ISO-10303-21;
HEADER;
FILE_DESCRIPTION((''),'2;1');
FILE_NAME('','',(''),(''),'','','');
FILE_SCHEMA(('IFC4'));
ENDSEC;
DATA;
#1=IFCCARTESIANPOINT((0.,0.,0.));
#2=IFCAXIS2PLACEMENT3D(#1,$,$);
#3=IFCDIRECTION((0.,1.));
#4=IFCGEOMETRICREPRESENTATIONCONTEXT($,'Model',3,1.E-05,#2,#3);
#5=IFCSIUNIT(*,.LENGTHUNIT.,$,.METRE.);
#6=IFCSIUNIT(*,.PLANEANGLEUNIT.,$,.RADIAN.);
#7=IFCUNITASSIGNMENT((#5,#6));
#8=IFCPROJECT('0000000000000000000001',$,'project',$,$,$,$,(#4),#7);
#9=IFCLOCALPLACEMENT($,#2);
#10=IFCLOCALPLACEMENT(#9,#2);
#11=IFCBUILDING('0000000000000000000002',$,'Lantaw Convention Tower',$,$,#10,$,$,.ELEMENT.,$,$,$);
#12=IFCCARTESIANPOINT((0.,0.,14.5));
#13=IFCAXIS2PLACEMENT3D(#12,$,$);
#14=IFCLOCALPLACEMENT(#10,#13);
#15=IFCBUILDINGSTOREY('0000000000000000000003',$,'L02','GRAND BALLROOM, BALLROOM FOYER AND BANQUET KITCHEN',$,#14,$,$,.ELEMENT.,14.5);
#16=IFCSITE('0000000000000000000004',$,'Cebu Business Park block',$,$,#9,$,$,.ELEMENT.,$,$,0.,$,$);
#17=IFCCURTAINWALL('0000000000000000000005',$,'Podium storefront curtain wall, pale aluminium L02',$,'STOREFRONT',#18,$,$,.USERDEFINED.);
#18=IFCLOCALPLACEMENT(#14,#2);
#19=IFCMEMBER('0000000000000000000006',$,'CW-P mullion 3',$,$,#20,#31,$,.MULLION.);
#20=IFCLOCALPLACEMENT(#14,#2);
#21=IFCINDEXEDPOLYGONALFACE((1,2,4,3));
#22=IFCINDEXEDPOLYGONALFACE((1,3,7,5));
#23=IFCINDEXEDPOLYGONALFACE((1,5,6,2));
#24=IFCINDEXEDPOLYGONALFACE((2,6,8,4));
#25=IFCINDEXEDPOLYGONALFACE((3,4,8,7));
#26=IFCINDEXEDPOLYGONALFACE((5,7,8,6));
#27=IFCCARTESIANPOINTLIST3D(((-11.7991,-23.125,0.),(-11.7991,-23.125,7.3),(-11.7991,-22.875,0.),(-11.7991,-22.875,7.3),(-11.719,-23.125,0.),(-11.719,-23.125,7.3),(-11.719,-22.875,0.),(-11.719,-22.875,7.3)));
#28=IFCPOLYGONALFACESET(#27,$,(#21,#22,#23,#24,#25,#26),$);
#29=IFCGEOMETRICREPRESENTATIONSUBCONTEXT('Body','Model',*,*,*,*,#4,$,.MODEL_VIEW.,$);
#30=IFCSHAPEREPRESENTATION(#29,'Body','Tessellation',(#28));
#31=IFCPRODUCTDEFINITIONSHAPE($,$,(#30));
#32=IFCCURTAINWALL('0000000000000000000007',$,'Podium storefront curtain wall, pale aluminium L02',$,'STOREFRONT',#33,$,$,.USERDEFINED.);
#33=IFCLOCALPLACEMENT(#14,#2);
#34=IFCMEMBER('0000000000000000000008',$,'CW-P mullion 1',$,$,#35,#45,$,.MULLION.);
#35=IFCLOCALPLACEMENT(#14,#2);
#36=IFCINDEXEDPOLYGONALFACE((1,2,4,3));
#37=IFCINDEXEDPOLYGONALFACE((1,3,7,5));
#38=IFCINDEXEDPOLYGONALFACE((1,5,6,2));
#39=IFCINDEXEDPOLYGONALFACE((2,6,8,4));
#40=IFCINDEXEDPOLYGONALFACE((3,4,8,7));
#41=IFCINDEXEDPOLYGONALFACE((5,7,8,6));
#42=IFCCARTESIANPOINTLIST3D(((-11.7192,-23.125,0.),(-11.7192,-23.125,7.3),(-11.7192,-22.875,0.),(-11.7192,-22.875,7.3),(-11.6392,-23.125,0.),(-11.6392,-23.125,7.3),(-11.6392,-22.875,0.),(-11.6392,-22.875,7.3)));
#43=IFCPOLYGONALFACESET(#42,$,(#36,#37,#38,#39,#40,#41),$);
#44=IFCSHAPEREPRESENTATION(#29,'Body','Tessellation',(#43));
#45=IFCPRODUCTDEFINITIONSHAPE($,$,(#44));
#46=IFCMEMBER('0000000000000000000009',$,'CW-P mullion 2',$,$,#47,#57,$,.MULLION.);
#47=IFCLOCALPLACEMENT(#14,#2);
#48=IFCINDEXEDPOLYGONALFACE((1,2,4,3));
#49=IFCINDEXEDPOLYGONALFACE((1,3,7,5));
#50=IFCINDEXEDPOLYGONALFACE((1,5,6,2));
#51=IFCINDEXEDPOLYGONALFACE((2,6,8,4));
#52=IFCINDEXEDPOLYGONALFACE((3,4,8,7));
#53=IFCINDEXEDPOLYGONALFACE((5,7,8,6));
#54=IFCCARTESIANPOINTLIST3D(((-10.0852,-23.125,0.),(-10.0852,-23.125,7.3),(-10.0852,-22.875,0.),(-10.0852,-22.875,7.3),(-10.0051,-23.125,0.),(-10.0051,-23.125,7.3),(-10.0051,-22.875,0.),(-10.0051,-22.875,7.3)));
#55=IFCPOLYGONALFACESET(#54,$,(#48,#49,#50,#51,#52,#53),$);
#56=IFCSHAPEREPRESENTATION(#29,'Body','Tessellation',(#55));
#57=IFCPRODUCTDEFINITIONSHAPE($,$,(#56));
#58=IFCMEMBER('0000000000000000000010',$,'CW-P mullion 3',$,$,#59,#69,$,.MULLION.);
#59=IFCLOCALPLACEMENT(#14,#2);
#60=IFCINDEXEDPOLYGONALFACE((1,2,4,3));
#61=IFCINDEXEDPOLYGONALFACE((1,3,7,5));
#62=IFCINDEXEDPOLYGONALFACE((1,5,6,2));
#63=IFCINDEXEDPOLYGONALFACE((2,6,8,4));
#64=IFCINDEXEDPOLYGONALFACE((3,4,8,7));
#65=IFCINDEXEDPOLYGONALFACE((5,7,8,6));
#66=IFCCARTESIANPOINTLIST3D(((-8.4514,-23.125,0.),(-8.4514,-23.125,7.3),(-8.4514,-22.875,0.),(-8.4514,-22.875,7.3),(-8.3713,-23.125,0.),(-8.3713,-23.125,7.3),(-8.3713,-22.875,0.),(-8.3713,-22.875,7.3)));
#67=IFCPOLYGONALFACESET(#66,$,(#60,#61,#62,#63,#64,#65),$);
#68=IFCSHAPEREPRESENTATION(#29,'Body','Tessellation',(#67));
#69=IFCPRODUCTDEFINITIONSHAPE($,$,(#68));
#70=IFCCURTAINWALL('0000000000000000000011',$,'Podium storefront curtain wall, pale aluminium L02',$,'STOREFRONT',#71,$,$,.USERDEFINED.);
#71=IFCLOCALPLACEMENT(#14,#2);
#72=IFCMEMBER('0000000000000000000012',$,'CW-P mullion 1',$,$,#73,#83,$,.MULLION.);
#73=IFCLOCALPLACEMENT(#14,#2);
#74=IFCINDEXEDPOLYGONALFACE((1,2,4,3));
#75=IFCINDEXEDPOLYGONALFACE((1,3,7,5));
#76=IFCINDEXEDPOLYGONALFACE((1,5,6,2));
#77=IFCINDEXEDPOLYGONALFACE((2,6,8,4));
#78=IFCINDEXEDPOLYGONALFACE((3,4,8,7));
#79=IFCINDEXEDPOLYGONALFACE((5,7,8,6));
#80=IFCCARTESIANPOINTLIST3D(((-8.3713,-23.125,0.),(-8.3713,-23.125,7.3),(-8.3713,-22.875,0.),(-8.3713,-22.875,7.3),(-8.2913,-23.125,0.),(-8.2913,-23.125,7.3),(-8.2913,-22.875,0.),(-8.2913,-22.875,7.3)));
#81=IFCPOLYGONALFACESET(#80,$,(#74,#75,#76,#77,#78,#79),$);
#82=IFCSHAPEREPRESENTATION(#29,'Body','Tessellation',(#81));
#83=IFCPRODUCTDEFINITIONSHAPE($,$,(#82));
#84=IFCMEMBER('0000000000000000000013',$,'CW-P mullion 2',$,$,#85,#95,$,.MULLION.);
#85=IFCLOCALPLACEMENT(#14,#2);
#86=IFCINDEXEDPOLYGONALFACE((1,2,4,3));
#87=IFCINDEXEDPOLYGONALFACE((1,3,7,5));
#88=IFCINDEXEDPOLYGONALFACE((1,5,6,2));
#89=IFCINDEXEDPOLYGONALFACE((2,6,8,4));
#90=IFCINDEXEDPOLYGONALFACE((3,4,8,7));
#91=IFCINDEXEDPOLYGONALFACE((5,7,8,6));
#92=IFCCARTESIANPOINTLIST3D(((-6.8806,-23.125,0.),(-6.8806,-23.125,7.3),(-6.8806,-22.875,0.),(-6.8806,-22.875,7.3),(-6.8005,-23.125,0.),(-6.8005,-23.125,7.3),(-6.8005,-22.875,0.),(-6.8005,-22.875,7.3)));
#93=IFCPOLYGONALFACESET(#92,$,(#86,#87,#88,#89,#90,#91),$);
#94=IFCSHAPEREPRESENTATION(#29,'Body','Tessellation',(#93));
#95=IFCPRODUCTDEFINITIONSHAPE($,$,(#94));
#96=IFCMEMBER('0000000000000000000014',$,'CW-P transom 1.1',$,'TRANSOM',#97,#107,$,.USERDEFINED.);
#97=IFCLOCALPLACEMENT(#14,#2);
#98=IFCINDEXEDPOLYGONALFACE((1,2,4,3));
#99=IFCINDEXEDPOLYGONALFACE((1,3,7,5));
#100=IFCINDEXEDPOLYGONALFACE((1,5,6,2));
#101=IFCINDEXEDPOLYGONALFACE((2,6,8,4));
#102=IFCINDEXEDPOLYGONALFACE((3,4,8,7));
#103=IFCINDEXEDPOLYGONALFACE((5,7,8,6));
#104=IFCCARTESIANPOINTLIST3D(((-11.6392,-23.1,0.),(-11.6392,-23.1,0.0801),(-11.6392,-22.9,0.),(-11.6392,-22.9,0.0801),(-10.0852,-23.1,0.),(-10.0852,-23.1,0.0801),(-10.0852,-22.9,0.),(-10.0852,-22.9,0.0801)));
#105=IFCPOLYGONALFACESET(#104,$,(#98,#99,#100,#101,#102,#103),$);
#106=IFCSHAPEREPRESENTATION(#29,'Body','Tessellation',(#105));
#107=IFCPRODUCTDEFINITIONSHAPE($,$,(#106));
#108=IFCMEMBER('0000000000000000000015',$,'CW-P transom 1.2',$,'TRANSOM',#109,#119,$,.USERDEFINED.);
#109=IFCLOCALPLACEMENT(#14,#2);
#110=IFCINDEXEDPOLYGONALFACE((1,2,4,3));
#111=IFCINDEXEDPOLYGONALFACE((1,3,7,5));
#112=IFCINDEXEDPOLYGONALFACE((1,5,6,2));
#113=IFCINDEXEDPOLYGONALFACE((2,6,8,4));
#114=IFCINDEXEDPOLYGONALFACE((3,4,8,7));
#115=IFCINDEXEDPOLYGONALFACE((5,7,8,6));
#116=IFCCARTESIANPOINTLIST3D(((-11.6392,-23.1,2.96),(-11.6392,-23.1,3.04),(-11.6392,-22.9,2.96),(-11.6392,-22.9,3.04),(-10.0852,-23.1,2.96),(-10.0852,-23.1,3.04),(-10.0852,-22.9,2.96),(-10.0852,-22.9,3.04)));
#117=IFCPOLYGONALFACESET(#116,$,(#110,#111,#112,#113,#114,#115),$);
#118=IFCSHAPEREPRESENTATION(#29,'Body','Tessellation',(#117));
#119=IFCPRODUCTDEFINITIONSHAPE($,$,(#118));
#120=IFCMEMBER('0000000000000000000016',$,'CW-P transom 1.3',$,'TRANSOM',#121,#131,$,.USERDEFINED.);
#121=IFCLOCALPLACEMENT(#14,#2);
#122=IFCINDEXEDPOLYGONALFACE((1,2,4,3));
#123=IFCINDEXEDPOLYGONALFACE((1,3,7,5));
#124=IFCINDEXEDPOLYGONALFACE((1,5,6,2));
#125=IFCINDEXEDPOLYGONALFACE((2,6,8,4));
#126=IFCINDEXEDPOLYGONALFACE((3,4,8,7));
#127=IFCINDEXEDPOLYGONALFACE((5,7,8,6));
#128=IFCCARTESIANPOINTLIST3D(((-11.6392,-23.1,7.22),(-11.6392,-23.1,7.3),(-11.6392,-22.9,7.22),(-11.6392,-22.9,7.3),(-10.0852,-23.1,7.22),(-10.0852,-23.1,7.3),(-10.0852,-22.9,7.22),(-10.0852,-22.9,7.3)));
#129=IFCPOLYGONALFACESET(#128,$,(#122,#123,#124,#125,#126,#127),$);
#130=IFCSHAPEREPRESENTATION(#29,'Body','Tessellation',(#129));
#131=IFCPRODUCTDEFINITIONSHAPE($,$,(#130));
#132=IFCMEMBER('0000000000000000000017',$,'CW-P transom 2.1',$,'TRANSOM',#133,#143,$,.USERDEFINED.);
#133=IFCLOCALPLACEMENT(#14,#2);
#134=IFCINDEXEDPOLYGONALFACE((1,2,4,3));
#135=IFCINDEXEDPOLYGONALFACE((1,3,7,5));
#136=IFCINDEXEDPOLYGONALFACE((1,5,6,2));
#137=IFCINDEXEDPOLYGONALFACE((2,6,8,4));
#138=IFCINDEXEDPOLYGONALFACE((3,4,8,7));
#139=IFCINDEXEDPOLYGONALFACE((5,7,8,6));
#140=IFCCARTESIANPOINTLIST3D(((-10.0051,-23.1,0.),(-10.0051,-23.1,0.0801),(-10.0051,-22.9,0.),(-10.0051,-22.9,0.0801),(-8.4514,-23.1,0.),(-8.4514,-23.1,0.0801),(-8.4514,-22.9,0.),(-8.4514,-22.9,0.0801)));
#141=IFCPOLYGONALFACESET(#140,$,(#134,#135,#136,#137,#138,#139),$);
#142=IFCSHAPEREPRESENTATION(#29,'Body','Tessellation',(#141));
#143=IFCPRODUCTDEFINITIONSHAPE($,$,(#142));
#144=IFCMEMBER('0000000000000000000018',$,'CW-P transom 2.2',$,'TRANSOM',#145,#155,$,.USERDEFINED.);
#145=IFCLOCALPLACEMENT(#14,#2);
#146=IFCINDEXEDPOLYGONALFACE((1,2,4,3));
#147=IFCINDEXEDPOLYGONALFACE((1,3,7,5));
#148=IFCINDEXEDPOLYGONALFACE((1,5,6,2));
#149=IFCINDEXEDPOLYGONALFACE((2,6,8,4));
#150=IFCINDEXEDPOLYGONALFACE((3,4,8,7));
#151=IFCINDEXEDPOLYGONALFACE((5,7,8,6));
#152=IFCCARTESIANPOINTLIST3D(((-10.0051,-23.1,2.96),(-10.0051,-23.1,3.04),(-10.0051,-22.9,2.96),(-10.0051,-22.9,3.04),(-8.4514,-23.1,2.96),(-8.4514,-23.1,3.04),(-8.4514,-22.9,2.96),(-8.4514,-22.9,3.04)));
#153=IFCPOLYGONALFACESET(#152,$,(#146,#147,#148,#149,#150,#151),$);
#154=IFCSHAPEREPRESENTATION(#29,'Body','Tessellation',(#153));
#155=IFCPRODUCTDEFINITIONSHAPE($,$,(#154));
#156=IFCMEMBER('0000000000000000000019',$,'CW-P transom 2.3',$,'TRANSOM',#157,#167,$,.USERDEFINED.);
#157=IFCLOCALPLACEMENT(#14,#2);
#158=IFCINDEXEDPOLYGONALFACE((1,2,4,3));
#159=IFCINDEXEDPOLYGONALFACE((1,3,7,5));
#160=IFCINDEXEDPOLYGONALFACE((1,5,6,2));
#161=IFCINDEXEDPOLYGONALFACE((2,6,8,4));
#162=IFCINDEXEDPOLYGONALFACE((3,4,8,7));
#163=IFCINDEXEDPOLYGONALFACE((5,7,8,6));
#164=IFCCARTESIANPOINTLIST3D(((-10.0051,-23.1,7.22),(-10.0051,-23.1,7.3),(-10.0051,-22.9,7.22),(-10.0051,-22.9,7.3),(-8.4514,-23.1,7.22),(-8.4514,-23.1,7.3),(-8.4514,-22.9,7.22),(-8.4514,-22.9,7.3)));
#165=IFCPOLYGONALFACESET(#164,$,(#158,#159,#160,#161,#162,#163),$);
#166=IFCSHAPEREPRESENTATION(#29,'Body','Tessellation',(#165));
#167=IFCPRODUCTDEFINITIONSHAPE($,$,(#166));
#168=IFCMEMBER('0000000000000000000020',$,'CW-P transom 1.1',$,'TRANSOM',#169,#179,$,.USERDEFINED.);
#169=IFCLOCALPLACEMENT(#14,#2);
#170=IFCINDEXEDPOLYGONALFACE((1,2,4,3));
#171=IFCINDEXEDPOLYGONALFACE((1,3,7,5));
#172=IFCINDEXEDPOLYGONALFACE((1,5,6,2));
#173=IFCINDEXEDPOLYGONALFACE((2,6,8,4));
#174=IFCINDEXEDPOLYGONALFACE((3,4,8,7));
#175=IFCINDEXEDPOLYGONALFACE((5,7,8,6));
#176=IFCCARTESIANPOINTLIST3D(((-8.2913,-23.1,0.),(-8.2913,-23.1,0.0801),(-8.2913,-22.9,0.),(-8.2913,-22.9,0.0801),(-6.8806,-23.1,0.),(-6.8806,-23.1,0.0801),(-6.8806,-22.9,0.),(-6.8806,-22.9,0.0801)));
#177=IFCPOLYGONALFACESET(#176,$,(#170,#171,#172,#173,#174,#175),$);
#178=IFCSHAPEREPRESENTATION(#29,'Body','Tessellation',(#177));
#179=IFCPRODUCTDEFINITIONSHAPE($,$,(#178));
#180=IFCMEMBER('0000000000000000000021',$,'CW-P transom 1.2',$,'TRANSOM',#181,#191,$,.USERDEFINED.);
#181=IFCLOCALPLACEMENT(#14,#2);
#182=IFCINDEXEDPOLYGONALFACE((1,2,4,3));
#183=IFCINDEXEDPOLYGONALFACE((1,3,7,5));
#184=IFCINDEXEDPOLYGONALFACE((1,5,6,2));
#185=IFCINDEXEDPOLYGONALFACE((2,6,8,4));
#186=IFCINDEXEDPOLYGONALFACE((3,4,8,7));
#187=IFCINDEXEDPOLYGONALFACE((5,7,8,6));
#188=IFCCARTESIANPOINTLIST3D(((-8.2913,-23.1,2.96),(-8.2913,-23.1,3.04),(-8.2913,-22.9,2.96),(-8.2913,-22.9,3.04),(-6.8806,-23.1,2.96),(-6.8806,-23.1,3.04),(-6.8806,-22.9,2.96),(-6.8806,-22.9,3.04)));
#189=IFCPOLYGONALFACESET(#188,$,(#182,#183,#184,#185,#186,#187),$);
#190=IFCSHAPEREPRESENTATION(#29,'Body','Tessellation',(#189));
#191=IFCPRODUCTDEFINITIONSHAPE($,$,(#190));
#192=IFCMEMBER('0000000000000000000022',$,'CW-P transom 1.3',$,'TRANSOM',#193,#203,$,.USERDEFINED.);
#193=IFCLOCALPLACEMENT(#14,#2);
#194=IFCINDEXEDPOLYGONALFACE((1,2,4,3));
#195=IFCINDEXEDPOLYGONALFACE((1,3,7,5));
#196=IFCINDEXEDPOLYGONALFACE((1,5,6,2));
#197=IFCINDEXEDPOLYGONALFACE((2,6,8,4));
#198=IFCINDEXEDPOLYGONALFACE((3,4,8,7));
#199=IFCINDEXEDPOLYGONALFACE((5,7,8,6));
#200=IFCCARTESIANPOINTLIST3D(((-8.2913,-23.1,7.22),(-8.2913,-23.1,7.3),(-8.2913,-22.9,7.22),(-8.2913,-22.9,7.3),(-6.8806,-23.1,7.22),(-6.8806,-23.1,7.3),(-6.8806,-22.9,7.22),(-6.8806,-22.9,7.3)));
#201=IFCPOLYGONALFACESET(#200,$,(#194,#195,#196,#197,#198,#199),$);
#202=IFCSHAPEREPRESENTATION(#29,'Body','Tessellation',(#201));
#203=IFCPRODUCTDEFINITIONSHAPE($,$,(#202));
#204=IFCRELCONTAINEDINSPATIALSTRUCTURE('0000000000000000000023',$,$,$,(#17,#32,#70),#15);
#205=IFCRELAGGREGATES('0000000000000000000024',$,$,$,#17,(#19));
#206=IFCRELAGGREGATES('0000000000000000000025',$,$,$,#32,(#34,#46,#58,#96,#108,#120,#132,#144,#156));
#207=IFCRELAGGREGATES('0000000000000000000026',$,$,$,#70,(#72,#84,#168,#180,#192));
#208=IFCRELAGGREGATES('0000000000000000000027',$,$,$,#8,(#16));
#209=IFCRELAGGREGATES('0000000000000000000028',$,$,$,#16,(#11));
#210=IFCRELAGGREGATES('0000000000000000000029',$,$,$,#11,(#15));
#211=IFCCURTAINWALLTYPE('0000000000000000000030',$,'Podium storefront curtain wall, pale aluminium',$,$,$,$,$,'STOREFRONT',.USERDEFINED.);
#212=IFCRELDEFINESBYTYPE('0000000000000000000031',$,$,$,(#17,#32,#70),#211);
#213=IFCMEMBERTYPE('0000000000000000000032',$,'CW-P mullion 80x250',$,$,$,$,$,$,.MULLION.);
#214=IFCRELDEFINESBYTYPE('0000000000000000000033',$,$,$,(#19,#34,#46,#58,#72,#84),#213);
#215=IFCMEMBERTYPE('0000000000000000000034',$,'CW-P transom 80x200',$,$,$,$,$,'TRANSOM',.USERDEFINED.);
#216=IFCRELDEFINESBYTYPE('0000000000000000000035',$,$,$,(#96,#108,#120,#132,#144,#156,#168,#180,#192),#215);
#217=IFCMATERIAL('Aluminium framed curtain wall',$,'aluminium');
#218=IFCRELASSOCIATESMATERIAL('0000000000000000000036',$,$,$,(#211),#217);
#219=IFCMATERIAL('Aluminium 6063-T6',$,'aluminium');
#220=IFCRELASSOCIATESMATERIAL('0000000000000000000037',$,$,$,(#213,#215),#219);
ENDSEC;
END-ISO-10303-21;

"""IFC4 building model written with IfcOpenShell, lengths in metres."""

from ifc_helpers import new_model, si_unit, direction, frame, origin, origin_2d, place, context, subcontext, project, spatial, rectangle, extrude, material, material_profile, profile_set, type_object, element, aggregate, save


model = new_model("IFC4")

# Units and contexts
model_context = context("Model", 3, precision=1e-05, world=origin(), true_north=direction((0.0, 1.0)))
body_context = subcontext(model_context, "Body", "Model", "MODEL_VIEW")
ifc_project = project(units=[si_unit("LENGTHUNIT", "METRE"), si_unit("PLANEANGLEUNIT", "RADIAN")], contexts=[model_context])

# Site, building, storey
site_placement = place(None, origin())
site = spatial("IfcSite", under=ifc_project, at=site_placement, Name="Cebu Business Park block", CompositionType="ELEMENT", RefElevation=0.0)
building_placement = place(site_placement, origin())
building = spatial("IfcBuilding", under=site, at=building_placement, Name="Lantaw Convention Tower", CompositionType="ELEMENT")
storey_placement = place(building_placement, frame((0.0, 0.0, 14.5)))
storey = spatial("IfcBuildingStorey", under=building, at=storey_placement, Name="L02", Description="GRAND BALLROOM, BALLROOM FOYER AND BANQUET KITCHEN", CompositionType="ELEMENT", Elevation=14.5)

# Curtain wall, member
ifc_material_1 = material(Name="Aluminium framed curtain wall", Category="aluminium")
curtain_wall_type = type_object("IfcCurtainWallType", Name="Podium storefront curtain wall, pale aluminium", ElementType="STOREFRONT", PredefinedType="USERDEFINED", material=ifc_material_1)
curtain_wall_1_placement = place(storey_placement, origin())
curtain_wall_1 = element("IfcCurtainWall", 1, at=curtain_wall_1_placement, inside=storey, type_object=curtain_wall_type, Name="Podium storefront curtain wall, pale aluminium L02", ObjectType="STOREFRONT", PredefinedType="USERDEFINED")
ifc_material_2 = material(Name="Aluminium 6063-T6", Category="aluminium")
ifc_material_profile_1 = material_profile(ifc_material_2, rectangle(XDim=0.25, YDim=0.0801, at=origin_2d()), Name="CW-P mullion 80x250")
ifc_profile_set_1 = profile_set([ifc_material_profile_1], Name="Aluminium 6063-T6")
member_type_1 = type_object("IfcMemberType", Name="CW-P mullion 80x250", PredefinedType="MULLION", material=ifc_profile_set_1)
member_1_placement = place(storey_placement, frame((-11.759, -23.0, 0.0), z_axis=(0.0, 0.0, 1.0), x_axis=(0.0, 1.0, 0.0)))
member_1 = element("IfcMember", 2, at=member_1_placement, type_object=member_type_1, Name="CW-P mullion 3", PredefinedType="MULLION", context=body_context, shape_type="SweptSolid", body=[
    extrude(rectangle(XDim=0.25, YDim=0.0801, at=origin_2d()), origin(), (0.0, 0.0, 1.0), 7.3),
])

# Curtain walls, members
curtain_wall_2_placement = place(storey_placement, origin())
curtain_wall_2 = element("IfcCurtainWall", 3, at=curtain_wall_2_placement, inside=storey, type_object=curtain_wall_type, Name="Podium storefront curtain wall, pale aluminium L02", ObjectType="STOREFRONT", PredefinedType="USERDEFINED")
member_2_placement = place(storey_placement, frame((-11.6792, -23.0, 0.0), z_axis=(0.0, 0.0, 1.0), x_axis=(0.0, 1.0, 0.0)))
member_2 = element("IfcMember", 4, at=member_2_placement, type_object=member_type_1, Name="CW-P mullion 1", PredefinedType="MULLION", context=body_context, shape_type="SweptSolid", body=[
    extrude(rectangle(XDim=0.25, YDim=0.0801, at=origin_2d()), origin(), (0.0, 0.0, 1.0), 7.3),
])
member_3_placement = place(storey_placement, frame((-10.0452, -23.0, 0.0), z_axis=(0.0, 0.0, 1.0), x_axis=(0.0, 1.0, 0.0)))
member_3 = element("IfcMember", 5, at=member_3_placement, type_object=member_type_1, Name="CW-P mullion 2", PredefinedType="MULLION", context=body_context, shape_type="SweptSolid", body=[
    extrude(rectangle(XDim=0.25, YDim=0.0801, at=origin_2d()), origin(), (0.0, 0.0, 1.0), 7.3),
])
member_4_placement = place(storey_placement, frame((-8.4114, -23.0, 0.0), z_axis=(0.0, 0.0, 1.0), x_axis=(0.0, 1.0, 0.0)))
member_4 = element("IfcMember", 6, at=member_4_placement, type_object=member_type_1, Name="CW-P mullion 3", PredefinedType="MULLION", context=body_context, shape_type="SweptSolid", body=[
    extrude(rectangle(XDim=0.25, YDim=0.0801, at=origin_2d()), origin(), (0.0, 0.0, 1.0), 7.3),
])
curtain_wall_3_placement = place(storey_placement, origin())
curtain_wall_3 = element("IfcCurtainWall", 7, at=curtain_wall_3_placement, inside=storey, type_object=curtain_wall_type, Name="Podium storefront curtain wall, pale aluminium L02", ObjectType="STOREFRONT", PredefinedType="USERDEFINED")
member_5_placement = place(storey_placement, frame((-8.3313, -23.0, 0.0), z_axis=(0.0, 0.0, 1.0), x_axis=(0.0, 1.0, 0.0)))
member_5 = element("IfcMember", 8, at=member_5_placement, type_object=member_type_1, Name="CW-P mullion 1", PredefinedType="MULLION", context=body_context, shape_type="SweptSolid", body=[
    extrude(rectangle(XDim=0.25, YDim=0.0801, at=origin_2d()), origin(), (0.0, 0.0, 1.0), 7.3),
])
member_6_placement = place(storey_placement, frame((-6.8406, -23.0, 0.0), z_axis=(0.0, 0.0, 1.0), x_axis=(0.0, 1.0, 0.0)))
member_6 = element("IfcMember", 9, at=member_6_placement, type_object=member_type_1, Name="CW-P mullion 2", PredefinedType="MULLION", context=body_context, shape_type="SweptSolid", body=[
    extrude(rectangle(XDim=0.25, YDim=0.0801, at=origin_2d()), origin(), (0.0, 0.0, 1.0), 7.3),
])

# Members
ifc_material_profile_2 = material_profile(ifc_material_2, rectangle(XDim=0.2, YDim=0.0801, at=origin_2d()), Name="CW-P transom 80x200")
ifc_profile_set_2 = profile_set([ifc_material_profile_2], Name="Aluminium 6063-T6")
member_type_2 = type_object("IfcMemberType", Name="CW-P transom 80x200", ElementType="TRANSOM", PredefinedType="USERDEFINED", material=ifc_profile_set_2)
member_7_placement = place(storey_placement, frame((-11.6392, -23.0, 0.04), z_axis=(1.0, 0.0, 0.0), x_axis=(0.0, 1.0, 0.0)))
member_7 = element("IfcMember", 10, at=member_7_placement, type_object=member_type_2, Name="CW-P transom 1.1", ObjectType="TRANSOM", PredefinedType="USERDEFINED", context=body_context, shape_type="SweptSolid", body=[
    extrude(rectangle(XDim=0.2, YDim=0.0801, at=origin_2d()), origin(), (0.0, 0.0, 1.0), 1.554),
])
member_8_placement = place(storey_placement, frame((-11.6392, -23.0, 3.0), z_axis=(1.0, 0.0, 0.0), x_axis=(0.0, 1.0, 0.0)))
member_8 = element("IfcMember", 11, at=member_8_placement, type_object=member_type_2, Name="CW-P transom 1.2", ObjectType="TRANSOM", PredefinedType="USERDEFINED", context=body_context, shape_type="SweptSolid", body=[
    extrude(rectangle(XDim=0.2, YDim=0.0801, at=origin_2d()), origin(), (0.0, 0.0, 1.0), 1.554),
])
member_9_placement = place(storey_placement, frame((-11.6392, -23.0, 7.26), z_axis=(1.0, 0.0, 0.0), x_axis=(0.0, 1.0, 0.0)))
member_9 = element("IfcMember", 12, at=member_9_placement, type_object=member_type_2, Name="CW-P transom 1.3", ObjectType="TRANSOM", PredefinedType="USERDEFINED", context=body_context, shape_type="SweptSolid", body=[
    extrude(rectangle(XDim=0.2, YDim=0.0801, at=origin_2d()), origin(), (0.0, 0.0, 1.0), 1.554),
])
member_10_placement = place(storey_placement, frame((-10.0051, -23.0, 0.04), z_axis=(1.0, 0.0, 0.0), x_axis=(0.0, 1.0, 0.0)))
member_10 = element("IfcMember", 13, at=member_10_placement, type_object=member_type_2, Name="CW-P transom 2.1", ObjectType="TRANSOM", PredefinedType="USERDEFINED", context=body_context, shape_type="SweptSolid", body=[
    extrude(rectangle(XDim=0.2, YDim=0.0801, at=origin_2d()), origin(), (0.0, 0.0, 1.0), 1.5537),
])
member_11_placement = place(storey_placement, frame((-10.0051, -23.0, 3.0), z_axis=(1.0, 0.0, 0.0), x_axis=(0.0, 1.0, 0.0)))
member_11 = element("IfcMember", 14, at=member_11_placement, type_object=member_type_2, Name="CW-P transom 2.2", ObjectType="TRANSOM", PredefinedType="USERDEFINED", context=body_context, shape_type="SweptSolid", body=[
    extrude(rectangle(XDim=0.2, YDim=0.0801, at=origin_2d()), origin(), (0.0, 0.0, 1.0), 1.5537),
])
member_12_placement = place(storey_placement, frame((-10.0051, -23.0, 7.26), z_axis=(1.0, 0.0, 0.0), x_axis=(0.0, 1.0, 0.0)))
member_12 = element("IfcMember", 15, at=member_12_placement, type_object=member_type_2, Name="CW-P transom 2.3", ObjectType="TRANSOM", PredefinedType="USERDEFINED", context=body_context, shape_type="SweptSolid", body=[
    extrude(rectangle(XDim=0.2, YDim=0.0801, at=origin_2d()), origin(), (0.0, 0.0, 1.0), 1.5537),
])
member_13_placement = place(storey_placement, frame((-8.2913, -23.0, 0.04), z_axis=(1.0, 0.0, 0.0), x_axis=(0.0, 1.0, 0.0)))
member_13 = element("IfcMember", 16, at=member_13_placement, type_object=member_type_2, Name="CW-P transom 1.1", ObjectType="TRANSOM", PredefinedType="USERDEFINED", context=body_context, shape_type="SweptSolid", body=[
    extrude(rectangle(XDim=0.2, YDim=0.0801, at=origin_2d()), origin(), (0.0, 0.0, 1.0), 1.4106),
])
member_14_placement = place(storey_placement, frame((-8.2913, -23.0, 3.0), z_axis=(1.0, 0.0, 0.0), x_axis=(0.0, 1.0, 0.0)))
member_14 = element("IfcMember", 17, at=member_14_placement, type_object=member_type_2, Name="CW-P transom 1.2", ObjectType="TRANSOM", PredefinedType="USERDEFINED", context=body_context, shape_type="SweptSolid", body=[
    extrude(rectangle(XDim=0.2, YDim=0.0801, at=origin_2d()), origin(), (0.0, 0.0, 1.0), 1.4106),
])
member_15_placement = place(storey_placement, frame((-8.2913, -23.0, 7.26), z_axis=(1.0, 0.0, 0.0), x_axis=(0.0, 1.0, 0.0)))
member_15 = element("IfcMember", 18, at=member_15_placement, type_object=member_type_2, Name="CW-P transom 1.3", ObjectType="TRANSOM", PredefinedType="USERDEFINED", context=body_context, shape_type="SweptSolid", body=[
    extrude(rectangle(XDim=0.2, YDim=0.0801, at=origin_2d()), origin(), (0.0, 0.0, 1.0), 1.4106),
])

aggregate(curtain_wall_1, [member_1])
aggregate(curtain_wall_2, [member_2, member_3, member_4, member_7, member_8, member_9, member_10, member_11, member_12])
aggregate(curtain_wall_3, [member_5, member_6, member_13, member_14, member_15])

save(model, "model.ifc")
